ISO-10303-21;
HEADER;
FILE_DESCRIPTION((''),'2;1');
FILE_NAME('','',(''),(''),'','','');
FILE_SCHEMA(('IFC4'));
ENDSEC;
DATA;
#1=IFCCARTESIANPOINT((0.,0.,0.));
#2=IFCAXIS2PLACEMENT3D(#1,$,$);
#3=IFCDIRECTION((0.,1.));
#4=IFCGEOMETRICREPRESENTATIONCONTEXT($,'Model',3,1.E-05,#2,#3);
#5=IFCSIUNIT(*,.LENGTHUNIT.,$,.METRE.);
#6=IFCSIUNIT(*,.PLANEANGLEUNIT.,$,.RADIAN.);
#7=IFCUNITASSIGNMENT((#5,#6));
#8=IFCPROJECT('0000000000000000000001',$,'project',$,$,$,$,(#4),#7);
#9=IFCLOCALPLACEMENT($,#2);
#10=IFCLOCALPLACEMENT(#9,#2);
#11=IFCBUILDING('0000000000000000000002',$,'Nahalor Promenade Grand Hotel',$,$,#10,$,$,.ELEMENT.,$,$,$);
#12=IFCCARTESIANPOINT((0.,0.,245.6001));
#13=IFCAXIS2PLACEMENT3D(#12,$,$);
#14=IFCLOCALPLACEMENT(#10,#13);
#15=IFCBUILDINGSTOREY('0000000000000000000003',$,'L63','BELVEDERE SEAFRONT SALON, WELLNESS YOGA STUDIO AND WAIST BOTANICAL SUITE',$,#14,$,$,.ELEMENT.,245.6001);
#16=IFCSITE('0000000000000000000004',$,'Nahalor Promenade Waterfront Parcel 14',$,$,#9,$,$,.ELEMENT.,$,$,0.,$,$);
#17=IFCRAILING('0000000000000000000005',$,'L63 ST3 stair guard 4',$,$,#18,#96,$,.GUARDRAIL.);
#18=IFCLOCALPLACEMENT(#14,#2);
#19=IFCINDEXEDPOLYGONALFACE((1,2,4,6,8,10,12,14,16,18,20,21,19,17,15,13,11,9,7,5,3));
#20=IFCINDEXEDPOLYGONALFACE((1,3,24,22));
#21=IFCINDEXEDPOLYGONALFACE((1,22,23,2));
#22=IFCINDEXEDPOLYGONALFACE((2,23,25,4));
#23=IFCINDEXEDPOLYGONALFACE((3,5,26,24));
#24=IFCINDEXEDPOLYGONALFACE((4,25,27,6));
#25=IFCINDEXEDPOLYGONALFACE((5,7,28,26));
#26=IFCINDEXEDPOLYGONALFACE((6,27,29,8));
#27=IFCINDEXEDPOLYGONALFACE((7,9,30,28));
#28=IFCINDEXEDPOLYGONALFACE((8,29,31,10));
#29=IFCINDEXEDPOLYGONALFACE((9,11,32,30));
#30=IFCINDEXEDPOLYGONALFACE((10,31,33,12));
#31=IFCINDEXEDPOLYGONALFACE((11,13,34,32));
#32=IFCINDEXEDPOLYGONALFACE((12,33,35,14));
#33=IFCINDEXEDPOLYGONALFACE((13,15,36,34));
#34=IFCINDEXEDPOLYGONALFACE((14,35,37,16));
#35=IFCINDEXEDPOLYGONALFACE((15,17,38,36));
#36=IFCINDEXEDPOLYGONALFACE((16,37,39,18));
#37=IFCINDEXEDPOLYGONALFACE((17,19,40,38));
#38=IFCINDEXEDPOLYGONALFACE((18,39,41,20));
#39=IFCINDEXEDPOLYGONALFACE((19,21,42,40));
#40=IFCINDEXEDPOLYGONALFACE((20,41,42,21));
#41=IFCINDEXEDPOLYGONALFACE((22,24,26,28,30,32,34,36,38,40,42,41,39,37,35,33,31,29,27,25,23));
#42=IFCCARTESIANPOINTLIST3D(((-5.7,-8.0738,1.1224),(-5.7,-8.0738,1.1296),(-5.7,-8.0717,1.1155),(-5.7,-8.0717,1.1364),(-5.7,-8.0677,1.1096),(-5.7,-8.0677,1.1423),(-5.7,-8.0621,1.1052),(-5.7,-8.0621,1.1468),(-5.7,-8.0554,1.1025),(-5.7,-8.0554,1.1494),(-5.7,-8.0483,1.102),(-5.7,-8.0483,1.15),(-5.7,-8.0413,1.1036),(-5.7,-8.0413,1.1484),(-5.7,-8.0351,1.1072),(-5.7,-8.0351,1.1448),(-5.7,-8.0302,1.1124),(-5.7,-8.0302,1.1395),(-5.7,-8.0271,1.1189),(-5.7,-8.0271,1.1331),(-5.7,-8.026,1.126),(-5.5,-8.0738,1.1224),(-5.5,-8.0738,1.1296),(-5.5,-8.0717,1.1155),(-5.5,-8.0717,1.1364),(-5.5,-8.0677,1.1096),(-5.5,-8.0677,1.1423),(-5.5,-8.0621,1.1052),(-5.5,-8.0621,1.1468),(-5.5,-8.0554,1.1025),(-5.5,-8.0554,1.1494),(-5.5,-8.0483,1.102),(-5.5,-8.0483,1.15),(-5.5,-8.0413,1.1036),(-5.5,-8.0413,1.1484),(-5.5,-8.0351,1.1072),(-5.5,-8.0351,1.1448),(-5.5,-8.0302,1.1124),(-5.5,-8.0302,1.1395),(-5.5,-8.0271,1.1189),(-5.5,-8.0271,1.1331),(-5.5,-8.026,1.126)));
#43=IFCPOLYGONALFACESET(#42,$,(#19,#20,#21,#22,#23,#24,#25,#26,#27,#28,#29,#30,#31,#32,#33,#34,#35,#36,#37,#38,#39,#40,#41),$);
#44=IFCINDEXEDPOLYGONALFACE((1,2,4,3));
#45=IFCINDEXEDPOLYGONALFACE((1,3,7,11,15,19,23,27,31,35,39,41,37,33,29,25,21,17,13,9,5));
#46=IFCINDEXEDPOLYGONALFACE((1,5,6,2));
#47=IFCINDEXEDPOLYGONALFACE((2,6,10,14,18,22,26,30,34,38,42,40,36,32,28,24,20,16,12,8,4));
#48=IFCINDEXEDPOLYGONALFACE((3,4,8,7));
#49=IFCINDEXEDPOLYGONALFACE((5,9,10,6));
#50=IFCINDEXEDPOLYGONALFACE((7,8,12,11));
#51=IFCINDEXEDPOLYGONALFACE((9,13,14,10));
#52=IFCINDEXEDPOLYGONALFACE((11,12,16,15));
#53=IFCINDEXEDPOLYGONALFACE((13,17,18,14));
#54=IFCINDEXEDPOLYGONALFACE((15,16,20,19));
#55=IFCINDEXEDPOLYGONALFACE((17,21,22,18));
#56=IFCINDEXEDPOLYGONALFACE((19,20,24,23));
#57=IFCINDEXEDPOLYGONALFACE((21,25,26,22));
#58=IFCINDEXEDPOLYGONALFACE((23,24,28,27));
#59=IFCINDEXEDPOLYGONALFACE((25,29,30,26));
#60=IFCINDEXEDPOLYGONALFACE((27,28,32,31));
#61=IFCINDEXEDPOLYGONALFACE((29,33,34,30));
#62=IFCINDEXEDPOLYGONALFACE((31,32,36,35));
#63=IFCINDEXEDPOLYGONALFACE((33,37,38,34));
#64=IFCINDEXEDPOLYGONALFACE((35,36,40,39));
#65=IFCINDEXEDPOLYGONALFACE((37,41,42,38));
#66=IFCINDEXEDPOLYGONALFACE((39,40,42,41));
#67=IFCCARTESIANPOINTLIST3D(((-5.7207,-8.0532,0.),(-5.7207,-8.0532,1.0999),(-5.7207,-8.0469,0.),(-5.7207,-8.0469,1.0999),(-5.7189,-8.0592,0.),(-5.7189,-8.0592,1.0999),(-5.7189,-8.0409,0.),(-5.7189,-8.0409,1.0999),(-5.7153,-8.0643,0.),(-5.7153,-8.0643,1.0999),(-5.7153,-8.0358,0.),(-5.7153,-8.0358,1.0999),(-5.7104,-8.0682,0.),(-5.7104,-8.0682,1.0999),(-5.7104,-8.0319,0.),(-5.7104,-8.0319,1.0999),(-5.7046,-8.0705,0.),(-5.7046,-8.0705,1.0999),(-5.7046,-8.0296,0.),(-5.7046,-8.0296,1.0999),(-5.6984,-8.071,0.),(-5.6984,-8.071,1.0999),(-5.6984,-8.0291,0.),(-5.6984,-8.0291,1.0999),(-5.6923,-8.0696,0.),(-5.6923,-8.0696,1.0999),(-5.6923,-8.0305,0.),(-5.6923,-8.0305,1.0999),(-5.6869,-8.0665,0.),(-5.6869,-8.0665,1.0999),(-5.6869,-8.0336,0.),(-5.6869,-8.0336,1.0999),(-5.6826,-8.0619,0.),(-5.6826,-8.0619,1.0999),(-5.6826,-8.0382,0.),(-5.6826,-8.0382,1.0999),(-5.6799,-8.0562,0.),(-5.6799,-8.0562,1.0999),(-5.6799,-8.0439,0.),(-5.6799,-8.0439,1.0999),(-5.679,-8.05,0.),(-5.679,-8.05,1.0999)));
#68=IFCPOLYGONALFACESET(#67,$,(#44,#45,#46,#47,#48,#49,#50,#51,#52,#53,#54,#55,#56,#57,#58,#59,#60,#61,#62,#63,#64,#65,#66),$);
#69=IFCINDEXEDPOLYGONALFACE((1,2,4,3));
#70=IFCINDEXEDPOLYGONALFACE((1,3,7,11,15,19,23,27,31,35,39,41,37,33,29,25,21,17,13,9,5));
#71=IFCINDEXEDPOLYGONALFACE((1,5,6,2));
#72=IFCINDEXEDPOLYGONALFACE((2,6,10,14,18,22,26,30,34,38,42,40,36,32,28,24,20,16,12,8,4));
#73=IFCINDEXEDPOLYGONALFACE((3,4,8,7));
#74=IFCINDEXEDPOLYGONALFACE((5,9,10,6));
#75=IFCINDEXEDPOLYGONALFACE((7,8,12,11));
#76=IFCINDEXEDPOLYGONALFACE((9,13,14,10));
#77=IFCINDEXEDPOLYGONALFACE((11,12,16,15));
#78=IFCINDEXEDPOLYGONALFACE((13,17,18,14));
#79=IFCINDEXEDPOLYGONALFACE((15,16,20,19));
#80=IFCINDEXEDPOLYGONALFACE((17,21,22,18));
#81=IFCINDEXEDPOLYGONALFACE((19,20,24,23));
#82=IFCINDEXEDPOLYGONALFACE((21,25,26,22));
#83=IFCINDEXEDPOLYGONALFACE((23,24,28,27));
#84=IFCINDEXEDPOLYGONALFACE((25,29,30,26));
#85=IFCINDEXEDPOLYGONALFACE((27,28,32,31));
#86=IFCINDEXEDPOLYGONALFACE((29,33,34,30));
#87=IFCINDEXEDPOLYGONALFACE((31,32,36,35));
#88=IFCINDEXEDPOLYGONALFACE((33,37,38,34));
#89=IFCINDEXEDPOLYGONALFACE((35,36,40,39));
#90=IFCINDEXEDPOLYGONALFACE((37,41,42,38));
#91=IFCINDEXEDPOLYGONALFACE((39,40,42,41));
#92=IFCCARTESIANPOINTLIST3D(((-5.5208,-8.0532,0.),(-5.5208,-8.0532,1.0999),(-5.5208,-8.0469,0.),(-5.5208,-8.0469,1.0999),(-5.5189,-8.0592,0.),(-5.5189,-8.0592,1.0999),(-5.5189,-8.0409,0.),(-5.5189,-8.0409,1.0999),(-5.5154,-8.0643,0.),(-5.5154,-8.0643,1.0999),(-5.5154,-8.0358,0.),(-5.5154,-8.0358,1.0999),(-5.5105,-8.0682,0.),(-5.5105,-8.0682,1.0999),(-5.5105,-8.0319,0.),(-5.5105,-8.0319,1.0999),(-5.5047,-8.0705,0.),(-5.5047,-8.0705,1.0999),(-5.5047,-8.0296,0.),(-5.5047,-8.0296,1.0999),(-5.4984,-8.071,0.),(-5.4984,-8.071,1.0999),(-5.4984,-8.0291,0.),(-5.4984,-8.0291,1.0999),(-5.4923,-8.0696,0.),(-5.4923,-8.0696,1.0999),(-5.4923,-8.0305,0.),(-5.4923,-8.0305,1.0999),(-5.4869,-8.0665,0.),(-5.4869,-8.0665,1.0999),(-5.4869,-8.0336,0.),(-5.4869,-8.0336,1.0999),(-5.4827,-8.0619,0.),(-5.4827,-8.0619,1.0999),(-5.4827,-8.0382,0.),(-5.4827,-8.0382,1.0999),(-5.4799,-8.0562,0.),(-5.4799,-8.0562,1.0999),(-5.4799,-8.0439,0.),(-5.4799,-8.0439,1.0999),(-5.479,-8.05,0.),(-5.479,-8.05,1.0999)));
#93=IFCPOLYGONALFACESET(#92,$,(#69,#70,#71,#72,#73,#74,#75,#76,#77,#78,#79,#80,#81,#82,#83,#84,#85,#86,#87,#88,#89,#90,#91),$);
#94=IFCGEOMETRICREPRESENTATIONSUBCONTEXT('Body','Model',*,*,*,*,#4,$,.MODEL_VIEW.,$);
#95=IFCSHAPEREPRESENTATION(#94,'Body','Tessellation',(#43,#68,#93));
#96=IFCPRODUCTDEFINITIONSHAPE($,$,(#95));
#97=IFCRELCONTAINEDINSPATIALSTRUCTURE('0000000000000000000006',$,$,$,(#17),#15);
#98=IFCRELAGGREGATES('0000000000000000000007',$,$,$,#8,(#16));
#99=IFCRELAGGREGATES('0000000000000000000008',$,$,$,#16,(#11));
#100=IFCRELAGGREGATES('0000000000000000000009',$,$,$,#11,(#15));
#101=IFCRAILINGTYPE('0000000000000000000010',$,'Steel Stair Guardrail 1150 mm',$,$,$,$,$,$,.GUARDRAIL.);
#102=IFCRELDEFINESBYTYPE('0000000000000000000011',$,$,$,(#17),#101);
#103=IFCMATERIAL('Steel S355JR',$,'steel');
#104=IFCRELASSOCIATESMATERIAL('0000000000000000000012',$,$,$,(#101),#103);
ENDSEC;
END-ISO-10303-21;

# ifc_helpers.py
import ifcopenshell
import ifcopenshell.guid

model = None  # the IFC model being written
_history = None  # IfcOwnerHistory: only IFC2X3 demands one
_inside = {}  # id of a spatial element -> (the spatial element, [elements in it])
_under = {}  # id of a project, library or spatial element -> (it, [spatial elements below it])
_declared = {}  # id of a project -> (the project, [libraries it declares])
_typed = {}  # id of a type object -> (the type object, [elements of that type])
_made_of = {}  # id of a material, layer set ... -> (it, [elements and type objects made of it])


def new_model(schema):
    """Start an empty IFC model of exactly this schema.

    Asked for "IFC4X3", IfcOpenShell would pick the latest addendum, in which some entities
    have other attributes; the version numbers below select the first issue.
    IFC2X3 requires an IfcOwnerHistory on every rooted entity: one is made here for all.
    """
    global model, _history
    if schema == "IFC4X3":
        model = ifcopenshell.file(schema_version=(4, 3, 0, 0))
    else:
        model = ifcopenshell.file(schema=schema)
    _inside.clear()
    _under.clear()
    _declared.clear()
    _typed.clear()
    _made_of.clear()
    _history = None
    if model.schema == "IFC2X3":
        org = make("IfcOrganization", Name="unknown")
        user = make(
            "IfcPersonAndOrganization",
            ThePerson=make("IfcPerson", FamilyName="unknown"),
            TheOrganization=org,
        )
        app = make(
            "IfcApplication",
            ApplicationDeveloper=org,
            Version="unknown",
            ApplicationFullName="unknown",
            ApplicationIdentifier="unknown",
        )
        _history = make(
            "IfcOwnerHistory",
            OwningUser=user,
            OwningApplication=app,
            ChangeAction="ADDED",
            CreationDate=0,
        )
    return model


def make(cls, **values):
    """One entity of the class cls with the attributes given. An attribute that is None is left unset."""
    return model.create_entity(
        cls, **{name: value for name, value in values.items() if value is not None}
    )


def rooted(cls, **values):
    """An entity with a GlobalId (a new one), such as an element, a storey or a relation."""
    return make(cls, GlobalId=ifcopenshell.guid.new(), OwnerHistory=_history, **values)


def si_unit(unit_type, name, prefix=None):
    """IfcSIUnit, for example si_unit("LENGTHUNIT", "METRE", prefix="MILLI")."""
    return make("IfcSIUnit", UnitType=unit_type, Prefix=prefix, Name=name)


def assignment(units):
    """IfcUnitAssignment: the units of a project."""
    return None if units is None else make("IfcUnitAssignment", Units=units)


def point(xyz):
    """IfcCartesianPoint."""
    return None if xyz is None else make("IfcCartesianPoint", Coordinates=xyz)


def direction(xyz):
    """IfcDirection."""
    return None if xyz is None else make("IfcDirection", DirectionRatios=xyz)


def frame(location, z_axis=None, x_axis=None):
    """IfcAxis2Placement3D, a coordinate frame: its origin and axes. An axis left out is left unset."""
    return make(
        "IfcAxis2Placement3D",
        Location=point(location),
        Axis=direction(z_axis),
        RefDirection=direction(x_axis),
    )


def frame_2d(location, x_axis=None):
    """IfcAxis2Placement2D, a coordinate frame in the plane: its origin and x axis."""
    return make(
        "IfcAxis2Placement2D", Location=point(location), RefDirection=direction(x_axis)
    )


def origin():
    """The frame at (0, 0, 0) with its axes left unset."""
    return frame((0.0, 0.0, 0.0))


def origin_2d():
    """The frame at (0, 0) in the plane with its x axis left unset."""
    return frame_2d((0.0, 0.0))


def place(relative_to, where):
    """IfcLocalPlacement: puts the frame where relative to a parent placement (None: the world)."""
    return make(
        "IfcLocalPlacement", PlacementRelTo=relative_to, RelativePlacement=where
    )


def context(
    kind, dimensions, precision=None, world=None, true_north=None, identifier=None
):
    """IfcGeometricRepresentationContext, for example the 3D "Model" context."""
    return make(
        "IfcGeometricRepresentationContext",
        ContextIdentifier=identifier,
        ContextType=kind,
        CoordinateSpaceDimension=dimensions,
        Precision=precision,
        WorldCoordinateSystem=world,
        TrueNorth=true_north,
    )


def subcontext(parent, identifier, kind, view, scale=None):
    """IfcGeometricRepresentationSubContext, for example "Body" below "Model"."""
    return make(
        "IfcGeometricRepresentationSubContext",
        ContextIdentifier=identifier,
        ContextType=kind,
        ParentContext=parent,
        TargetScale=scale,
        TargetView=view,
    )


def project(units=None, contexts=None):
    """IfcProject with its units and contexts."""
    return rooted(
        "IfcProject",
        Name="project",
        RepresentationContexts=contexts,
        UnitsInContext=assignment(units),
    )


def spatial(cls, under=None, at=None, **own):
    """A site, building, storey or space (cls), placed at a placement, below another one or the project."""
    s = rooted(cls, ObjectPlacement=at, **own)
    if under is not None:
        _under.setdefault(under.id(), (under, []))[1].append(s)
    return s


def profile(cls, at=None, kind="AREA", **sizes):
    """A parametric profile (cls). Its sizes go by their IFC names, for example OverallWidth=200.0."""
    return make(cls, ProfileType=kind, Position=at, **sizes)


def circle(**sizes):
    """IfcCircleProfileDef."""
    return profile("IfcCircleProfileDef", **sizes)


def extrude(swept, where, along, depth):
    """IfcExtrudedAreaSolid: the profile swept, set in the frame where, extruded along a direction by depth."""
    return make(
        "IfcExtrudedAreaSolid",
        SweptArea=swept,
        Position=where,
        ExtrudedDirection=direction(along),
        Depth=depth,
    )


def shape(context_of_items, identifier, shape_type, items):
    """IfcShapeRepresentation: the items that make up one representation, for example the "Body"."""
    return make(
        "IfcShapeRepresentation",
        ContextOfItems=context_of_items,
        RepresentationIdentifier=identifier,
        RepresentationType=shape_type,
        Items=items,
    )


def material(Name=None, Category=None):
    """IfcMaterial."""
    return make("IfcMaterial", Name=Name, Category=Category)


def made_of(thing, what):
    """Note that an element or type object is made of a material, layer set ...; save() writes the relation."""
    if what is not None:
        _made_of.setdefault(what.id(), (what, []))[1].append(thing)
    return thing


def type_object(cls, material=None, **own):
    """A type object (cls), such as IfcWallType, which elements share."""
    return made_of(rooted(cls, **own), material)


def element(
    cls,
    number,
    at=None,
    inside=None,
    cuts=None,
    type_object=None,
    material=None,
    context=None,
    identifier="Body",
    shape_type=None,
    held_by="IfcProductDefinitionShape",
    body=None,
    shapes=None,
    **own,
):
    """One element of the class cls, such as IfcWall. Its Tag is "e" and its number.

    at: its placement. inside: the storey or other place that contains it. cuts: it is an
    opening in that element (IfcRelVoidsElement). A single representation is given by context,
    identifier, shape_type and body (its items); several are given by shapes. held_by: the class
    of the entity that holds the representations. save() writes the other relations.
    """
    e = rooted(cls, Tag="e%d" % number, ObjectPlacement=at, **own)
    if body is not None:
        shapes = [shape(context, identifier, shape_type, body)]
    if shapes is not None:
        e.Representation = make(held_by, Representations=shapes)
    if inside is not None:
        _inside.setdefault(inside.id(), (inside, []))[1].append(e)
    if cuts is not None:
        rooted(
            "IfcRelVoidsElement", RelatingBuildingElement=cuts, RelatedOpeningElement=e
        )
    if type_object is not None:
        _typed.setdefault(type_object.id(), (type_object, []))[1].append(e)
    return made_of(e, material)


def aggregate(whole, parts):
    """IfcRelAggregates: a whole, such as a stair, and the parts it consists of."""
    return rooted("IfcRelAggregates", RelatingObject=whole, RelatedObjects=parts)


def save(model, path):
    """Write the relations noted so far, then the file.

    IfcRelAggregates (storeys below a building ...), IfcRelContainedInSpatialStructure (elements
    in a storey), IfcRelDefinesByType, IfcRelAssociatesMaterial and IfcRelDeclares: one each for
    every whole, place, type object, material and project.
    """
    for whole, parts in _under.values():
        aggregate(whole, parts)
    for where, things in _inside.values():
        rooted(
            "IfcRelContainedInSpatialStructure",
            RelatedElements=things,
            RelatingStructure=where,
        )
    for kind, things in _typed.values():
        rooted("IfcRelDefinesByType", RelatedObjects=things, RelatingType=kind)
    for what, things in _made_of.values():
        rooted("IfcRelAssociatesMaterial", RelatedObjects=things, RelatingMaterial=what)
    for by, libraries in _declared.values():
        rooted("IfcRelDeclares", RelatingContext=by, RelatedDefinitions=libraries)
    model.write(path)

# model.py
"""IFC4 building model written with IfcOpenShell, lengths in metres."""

from ifc_helpers import new_model, si_unit, direction, frame, origin, origin_2d, place, context, subcontext, project, spatial, circle, extrude, material, type_object, element, save


model = new_model("IFC4")

# Units and contexts
model_context = context("Model", 3, precision=1e-05, world=origin(), true_north=direction((0.0, 1.0)))
body_context = subcontext(model_context, "Body", "Model", "MODEL_VIEW")
ifc_project = project(units=[si_unit("LENGTHUNIT", "METRE"), si_unit("PLANEANGLEUNIT", "RADIAN")], contexts=[model_context])

# Site, building, storey
site_placement = place(None, origin())
site = spatial("IfcSite", under=ifc_project, at=site_placement, Name="Nahalor Promenade Waterfront Parcel 14", CompositionType="ELEMENT", RefElevation=0.0)
building_placement = place(site_placement, origin())
building = spatial("IfcBuilding", under=site, at=building_placement, Name="Nahalor Promenade Grand Hotel", CompositionType="ELEMENT")
storey_placement = place(building_placement, frame((0.0, 0.0, 245.6001)))
storey = spatial("IfcBuildingStorey", under=building, at=storey_placement, Name="L63", Description="BELVEDERE SEAFRONT SALON, WELLNESS YOGA STUDIO AND WAIST BOTANICAL SUITE", CompositionType="ELEMENT", Elevation=245.6001)

# Shared definitions
ifc_material_1 = material(Name="Steel S355JR", Category="steel")

# Railing
railing_type_1 = type_object("IfcRailingType", Name="Steel Stair Guardrail 1150 mm", PredefinedType="GUARDRAIL", material=ifc_material_1)
railing_1_placement = place(storey_placement, frame((-5.7, -8.05, 0.0)))
element("IfcRailing", 1, at=railing_1_placement, inside=storey, type_object=railing_type_1, Name="L63 ST3 stair guard 4", PredefinedType="GUARDRAIL", context=body_context, shape_type="SweptSolid", body=[
    extrude(circle(Radius=0.024, at=origin_2d()), frame((0.0, 0.0, 1.126), z_axis=(1.0, 0.0, 0.0), x_axis=(0.0, 1.0, 0.0)), (0.0, 0.0, 1.0), 0.2),
    extrude(circle(Radius=0.021, at=origin_2d()), origin(), (0.0, 0.0, 1.0), 1.0999),
    extrude(circle(Radius=0.021, at=origin_2d()), frame((0.2, 0.0, 0.0)), (0.0, 0.0, 1.0), 1.0999),
])

save(model, "model.ifc")
